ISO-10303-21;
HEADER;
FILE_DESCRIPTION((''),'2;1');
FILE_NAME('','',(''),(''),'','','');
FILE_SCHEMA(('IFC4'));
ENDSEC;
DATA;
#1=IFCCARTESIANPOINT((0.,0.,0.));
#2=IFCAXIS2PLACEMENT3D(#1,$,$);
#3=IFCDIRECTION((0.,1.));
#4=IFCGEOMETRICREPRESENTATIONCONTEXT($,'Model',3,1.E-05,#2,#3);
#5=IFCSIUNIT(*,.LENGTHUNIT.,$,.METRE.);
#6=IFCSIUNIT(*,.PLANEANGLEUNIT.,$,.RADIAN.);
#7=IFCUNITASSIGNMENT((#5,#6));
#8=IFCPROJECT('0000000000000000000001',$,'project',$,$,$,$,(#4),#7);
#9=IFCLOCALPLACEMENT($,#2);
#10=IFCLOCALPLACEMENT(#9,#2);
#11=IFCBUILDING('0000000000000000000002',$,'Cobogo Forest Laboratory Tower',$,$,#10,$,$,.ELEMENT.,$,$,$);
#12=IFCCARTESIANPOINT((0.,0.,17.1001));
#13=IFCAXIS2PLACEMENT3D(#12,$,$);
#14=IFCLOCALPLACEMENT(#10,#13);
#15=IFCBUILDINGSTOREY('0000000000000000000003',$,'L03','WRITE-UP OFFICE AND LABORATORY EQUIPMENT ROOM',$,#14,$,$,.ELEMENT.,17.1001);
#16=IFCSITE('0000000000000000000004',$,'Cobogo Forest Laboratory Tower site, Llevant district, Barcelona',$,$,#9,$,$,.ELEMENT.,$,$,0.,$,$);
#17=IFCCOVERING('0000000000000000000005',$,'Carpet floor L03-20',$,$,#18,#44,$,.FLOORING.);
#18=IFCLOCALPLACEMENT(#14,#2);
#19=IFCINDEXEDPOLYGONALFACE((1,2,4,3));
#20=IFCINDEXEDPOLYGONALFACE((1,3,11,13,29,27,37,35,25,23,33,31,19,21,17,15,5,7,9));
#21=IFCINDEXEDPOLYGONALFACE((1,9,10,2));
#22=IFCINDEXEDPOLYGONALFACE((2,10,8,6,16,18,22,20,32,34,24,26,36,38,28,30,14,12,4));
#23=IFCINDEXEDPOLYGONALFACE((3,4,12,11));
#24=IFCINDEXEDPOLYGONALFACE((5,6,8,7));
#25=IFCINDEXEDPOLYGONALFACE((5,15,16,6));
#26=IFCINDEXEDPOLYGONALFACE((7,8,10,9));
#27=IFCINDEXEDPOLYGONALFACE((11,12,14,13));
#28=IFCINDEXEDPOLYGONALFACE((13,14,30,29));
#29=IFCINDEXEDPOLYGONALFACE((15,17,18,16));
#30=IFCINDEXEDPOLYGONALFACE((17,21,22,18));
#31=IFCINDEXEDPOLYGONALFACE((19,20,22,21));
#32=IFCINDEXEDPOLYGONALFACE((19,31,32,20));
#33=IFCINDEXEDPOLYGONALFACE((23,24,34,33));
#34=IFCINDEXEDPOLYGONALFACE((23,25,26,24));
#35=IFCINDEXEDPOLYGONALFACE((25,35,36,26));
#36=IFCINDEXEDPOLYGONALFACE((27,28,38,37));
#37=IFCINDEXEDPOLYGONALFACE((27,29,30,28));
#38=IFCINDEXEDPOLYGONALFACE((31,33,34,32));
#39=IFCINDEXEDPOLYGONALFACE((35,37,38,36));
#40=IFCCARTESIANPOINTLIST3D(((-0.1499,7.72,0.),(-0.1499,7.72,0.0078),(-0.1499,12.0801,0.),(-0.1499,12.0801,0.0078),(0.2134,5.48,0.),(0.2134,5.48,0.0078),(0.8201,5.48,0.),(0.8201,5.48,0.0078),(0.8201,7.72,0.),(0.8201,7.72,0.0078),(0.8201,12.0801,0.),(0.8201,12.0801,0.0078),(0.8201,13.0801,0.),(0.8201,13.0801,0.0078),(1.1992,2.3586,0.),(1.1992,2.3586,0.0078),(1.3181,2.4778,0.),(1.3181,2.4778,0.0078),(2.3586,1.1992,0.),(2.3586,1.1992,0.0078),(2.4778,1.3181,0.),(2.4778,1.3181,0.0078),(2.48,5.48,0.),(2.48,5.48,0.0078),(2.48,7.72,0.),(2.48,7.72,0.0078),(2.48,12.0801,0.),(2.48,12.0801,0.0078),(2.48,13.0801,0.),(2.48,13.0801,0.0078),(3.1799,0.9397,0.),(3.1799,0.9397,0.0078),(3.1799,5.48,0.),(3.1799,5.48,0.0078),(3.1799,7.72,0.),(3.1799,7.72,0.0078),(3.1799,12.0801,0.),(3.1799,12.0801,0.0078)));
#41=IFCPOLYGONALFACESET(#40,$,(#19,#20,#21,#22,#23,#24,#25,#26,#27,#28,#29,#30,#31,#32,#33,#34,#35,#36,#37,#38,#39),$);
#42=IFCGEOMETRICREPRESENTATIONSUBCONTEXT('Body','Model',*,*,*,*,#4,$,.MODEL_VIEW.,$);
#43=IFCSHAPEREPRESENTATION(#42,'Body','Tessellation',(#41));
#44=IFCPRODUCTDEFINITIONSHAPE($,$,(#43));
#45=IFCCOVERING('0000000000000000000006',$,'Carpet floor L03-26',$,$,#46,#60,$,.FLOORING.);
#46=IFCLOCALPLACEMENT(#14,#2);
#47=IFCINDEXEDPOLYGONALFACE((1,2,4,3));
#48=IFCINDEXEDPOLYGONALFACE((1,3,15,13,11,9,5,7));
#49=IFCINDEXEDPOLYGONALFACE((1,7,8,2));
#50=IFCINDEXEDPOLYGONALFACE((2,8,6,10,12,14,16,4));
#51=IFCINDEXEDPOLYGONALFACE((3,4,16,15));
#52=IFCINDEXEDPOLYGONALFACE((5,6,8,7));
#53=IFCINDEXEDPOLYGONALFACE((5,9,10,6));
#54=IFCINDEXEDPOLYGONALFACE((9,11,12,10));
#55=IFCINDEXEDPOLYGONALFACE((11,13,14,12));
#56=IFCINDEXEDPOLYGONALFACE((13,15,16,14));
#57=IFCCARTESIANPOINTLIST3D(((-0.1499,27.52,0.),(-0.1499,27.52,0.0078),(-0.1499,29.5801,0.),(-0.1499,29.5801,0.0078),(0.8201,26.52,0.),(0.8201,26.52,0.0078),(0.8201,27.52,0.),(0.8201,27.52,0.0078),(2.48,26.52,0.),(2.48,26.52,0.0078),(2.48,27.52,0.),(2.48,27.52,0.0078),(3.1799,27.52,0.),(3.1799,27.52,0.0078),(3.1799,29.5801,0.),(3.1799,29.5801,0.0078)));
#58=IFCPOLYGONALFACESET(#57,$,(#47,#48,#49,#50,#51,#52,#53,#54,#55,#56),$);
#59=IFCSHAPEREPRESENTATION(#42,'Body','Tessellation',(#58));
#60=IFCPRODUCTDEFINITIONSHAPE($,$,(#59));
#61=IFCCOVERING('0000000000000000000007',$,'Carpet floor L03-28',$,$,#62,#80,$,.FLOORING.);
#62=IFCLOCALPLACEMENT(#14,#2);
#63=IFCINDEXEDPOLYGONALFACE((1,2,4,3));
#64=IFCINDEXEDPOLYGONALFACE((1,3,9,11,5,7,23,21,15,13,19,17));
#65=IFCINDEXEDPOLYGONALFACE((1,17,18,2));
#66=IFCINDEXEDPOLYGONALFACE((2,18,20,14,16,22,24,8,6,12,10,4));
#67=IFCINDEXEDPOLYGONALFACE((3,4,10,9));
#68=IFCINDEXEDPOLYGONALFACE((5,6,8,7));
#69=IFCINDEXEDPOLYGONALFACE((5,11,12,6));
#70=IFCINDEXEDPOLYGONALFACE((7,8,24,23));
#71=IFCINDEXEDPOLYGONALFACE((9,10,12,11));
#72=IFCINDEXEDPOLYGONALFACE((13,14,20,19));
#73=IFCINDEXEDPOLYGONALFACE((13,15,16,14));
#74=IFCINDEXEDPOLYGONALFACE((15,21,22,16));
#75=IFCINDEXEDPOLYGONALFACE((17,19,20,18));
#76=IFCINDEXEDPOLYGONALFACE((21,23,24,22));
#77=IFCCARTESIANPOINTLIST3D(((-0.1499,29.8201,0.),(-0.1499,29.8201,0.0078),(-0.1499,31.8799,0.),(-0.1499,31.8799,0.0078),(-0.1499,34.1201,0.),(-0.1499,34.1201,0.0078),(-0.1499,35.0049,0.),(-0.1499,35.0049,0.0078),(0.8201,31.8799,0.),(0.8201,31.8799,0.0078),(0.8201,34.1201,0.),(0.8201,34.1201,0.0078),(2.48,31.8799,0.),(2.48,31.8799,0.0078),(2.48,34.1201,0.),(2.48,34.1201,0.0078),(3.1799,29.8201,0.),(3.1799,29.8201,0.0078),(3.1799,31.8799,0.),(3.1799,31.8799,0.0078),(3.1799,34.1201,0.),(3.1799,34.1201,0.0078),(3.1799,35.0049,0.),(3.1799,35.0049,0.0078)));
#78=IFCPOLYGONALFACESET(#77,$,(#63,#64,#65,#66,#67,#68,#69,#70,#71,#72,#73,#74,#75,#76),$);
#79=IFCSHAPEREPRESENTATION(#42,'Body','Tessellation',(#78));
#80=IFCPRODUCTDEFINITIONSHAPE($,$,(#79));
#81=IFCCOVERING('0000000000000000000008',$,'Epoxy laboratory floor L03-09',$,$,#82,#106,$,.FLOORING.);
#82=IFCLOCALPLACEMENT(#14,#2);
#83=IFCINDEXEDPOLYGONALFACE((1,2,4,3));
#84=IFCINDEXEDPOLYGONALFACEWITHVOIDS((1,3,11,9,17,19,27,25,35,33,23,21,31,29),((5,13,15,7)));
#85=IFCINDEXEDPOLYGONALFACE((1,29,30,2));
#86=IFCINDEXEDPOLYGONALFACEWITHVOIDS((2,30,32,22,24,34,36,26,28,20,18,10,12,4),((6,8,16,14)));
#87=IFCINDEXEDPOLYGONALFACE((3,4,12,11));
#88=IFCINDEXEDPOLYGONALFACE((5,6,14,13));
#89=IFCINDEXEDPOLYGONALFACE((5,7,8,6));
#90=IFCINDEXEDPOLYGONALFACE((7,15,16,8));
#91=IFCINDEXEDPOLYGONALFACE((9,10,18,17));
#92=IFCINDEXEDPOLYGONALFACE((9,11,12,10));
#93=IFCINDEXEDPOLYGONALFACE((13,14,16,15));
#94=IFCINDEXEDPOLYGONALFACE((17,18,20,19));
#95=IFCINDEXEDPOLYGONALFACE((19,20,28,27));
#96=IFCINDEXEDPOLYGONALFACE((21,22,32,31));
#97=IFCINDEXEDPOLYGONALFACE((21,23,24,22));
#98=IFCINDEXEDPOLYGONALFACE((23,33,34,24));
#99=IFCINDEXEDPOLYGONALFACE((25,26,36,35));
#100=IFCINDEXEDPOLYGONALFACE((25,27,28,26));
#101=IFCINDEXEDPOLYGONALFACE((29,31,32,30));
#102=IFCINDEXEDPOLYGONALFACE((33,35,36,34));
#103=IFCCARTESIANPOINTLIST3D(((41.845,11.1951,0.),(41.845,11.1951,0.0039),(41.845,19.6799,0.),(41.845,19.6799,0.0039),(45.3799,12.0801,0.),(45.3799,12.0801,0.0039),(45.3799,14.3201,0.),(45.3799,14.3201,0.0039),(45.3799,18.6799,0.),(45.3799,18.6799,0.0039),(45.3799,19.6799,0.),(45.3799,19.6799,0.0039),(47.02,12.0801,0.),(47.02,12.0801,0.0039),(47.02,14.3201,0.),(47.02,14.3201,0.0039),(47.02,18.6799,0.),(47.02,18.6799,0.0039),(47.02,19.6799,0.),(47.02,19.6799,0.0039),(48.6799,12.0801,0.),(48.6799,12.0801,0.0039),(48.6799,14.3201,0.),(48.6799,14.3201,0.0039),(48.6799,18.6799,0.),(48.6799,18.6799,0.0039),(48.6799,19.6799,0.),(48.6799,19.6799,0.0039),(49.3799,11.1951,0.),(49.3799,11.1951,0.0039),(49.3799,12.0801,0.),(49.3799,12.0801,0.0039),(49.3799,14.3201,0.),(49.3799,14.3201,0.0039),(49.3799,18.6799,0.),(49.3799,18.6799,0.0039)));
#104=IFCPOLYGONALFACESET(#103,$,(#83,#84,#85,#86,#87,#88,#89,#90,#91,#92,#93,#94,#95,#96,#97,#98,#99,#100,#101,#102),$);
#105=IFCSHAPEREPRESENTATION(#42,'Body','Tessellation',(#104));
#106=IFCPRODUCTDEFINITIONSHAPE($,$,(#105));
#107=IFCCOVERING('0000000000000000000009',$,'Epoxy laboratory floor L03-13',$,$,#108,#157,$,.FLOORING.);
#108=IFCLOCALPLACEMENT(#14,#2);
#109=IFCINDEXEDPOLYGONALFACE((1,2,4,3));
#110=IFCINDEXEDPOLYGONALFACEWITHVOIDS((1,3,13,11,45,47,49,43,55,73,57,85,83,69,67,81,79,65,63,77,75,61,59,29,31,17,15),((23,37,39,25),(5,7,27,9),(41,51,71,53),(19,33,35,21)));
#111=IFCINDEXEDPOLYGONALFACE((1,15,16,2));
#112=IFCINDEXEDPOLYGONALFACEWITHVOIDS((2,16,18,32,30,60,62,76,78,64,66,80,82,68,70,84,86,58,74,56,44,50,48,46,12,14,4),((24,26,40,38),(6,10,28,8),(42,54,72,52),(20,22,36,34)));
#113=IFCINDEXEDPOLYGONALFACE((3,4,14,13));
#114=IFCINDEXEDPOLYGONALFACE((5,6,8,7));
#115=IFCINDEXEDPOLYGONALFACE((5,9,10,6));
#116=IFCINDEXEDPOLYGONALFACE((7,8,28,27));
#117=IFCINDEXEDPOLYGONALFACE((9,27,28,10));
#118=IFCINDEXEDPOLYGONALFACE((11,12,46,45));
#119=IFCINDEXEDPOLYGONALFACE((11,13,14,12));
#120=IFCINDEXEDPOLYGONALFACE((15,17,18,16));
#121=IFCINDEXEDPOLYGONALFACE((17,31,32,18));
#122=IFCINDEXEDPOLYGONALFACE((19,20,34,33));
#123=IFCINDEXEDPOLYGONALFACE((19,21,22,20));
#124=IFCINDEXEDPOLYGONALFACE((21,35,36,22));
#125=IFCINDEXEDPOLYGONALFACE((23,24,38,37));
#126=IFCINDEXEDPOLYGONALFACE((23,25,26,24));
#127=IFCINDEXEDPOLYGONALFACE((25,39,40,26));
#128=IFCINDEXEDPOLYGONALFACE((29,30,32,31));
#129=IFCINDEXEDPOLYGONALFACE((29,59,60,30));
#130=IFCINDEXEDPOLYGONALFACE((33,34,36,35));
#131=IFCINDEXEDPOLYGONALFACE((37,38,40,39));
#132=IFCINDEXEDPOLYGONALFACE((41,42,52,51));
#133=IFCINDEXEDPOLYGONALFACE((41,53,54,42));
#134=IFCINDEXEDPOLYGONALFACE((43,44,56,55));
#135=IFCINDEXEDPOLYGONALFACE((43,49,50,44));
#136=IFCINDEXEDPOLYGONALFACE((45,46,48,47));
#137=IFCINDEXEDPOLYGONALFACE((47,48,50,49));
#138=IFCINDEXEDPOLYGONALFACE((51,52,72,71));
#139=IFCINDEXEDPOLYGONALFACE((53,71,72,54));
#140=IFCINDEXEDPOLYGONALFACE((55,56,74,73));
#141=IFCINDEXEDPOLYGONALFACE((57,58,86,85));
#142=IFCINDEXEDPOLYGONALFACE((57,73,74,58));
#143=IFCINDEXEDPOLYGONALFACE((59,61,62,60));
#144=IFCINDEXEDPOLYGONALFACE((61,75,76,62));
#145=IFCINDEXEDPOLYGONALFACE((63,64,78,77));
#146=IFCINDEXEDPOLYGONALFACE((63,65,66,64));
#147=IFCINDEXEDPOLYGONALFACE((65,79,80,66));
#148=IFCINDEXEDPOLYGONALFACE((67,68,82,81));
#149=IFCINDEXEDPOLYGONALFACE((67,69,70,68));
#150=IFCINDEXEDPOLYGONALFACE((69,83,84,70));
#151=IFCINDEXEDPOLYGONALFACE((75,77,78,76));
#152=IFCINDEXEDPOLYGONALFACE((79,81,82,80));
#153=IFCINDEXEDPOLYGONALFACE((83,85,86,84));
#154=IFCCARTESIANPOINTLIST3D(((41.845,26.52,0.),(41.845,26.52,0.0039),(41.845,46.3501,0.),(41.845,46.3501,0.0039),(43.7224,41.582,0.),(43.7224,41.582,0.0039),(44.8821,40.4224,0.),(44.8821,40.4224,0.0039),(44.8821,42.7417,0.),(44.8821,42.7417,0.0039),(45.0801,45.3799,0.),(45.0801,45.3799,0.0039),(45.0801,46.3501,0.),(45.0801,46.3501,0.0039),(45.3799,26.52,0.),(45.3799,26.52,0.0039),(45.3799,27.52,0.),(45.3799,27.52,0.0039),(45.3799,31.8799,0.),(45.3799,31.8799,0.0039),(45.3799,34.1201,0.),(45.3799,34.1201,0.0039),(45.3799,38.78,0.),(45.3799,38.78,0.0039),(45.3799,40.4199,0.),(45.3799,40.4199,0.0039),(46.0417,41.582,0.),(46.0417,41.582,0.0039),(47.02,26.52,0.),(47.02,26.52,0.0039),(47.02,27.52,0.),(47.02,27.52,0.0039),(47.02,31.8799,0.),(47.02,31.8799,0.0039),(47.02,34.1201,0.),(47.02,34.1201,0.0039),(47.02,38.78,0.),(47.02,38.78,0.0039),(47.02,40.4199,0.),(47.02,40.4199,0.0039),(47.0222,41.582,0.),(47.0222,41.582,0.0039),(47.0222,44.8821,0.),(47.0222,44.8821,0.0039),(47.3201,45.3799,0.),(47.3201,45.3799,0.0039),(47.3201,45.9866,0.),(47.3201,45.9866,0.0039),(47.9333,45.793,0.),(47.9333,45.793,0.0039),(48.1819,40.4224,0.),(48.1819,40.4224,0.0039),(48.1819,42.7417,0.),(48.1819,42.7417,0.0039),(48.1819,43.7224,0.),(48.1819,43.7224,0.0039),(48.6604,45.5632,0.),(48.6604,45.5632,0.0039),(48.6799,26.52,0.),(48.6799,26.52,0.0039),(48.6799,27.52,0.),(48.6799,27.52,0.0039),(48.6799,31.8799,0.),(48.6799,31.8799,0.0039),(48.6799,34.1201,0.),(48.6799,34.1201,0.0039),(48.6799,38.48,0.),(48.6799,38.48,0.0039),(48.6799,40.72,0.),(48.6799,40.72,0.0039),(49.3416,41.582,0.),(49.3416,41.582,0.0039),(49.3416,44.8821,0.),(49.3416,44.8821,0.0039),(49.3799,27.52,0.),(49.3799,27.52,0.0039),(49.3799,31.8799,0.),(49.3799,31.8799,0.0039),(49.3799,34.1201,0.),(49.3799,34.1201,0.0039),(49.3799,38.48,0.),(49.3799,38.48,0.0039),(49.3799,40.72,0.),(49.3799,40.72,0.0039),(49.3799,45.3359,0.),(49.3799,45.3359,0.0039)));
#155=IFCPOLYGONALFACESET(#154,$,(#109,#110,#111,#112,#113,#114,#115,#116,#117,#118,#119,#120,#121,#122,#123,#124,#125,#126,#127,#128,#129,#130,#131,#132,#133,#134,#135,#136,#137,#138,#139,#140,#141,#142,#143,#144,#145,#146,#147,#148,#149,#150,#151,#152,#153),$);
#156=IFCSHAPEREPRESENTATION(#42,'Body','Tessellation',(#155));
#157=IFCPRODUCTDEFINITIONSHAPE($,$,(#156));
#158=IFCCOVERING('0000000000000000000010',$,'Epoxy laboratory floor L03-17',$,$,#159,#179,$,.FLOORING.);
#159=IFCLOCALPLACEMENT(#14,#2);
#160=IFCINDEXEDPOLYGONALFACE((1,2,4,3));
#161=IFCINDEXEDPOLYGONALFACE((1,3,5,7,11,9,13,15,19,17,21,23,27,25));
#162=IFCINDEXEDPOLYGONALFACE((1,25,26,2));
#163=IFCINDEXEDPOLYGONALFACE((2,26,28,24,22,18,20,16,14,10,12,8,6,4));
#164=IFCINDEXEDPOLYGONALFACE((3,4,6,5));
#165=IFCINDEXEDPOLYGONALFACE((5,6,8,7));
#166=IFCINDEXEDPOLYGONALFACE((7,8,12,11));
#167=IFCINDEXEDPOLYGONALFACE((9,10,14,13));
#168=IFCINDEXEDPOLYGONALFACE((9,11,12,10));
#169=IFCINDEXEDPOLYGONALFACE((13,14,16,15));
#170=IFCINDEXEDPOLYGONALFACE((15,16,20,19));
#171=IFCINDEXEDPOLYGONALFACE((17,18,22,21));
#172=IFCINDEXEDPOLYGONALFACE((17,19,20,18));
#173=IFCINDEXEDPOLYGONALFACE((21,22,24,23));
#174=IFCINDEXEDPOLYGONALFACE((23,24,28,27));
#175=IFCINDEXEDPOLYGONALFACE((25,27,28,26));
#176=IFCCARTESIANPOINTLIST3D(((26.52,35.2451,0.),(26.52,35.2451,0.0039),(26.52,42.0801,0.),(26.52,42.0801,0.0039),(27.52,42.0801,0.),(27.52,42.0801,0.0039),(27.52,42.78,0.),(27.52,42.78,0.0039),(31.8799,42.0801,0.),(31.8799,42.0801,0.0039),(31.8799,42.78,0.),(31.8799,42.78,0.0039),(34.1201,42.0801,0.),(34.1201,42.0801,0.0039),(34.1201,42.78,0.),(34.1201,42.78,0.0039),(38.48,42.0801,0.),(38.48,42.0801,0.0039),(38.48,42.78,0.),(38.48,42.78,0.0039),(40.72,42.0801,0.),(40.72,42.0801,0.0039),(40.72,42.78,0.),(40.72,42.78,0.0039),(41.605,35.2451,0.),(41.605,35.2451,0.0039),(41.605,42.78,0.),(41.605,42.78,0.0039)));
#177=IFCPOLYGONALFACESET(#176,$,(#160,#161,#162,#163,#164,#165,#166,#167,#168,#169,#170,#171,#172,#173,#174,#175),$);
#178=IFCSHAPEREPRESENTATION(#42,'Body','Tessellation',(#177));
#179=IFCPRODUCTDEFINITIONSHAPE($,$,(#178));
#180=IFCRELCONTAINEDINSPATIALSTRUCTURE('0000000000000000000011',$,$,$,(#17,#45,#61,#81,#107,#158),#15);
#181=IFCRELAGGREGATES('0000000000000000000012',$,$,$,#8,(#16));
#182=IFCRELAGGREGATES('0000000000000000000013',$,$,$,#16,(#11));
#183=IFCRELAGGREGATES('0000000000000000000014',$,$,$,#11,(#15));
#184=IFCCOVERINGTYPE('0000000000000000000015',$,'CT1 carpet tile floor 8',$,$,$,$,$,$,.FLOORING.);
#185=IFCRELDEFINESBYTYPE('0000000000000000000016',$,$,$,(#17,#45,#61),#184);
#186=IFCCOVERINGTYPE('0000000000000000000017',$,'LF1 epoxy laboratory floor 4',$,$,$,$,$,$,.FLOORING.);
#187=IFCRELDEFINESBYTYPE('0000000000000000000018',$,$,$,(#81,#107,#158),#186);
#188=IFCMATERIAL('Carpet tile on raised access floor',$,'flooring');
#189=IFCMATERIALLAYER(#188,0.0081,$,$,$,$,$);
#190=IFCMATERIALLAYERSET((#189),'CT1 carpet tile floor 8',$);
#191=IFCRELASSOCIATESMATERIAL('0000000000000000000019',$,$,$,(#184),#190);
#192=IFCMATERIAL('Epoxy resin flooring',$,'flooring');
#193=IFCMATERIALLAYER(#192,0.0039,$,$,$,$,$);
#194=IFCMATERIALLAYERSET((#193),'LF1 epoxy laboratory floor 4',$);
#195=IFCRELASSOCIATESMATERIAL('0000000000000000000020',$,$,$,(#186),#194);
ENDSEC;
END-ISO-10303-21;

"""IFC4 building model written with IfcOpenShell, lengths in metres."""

from ifc_helpers import new_model, si_unit, direction, frame, origin, place, context, subcontext, project, spatial, polyline, outline, extrude, material, layer, layer_set, type_object, element, save


model = new_model("IFC4")

# Units and contexts
model_context = context("Model", 3, precision=1e-05, world=origin(), true_north=direction((0.0, 1.0)))
body_context = subcontext(model_context, "Body", "Model", "MODEL_VIEW")
ifc_project = project(units=[si_unit("LENGTHUNIT", "METRE"), si_unit("PLANEANGLEUNIT", "RADIAN")], contexts=[model_context])

# Site, building, storey
site_placement = place(None, origin())
site = spatial("IfcSite", under=ifc_project, at=site_placement, Name="Cobogo Forest Laboratory Tower site, Llevant district, Barcelona", CompositionType="ELEMENT", RefElevation=0.0)
building_placement = place(site_placement, origin())
building = spatial("IfcBuilding", under=site, at=building_placement, Name="Cobogo Forest Laboratory Tower", CompositionType="ELEMENT")
storey_placement = place(building_placement, frame((0.0, 0.0, 17.1001)))
storey = spatial("IfcBuildingStorey", under=building, at=storey_placement, Name="L03", Description="WRITE-UP OFFICE AND LABORATORY EQUIPMENT ROOM", CompositionType="ELEMENT", Elevation=17.1001)

# Coverings
ifc_material_1 = material(Name="Carpet tile on raised access floor", Category="flooring")
ifc_layer_1 = layer(ifc_material_1, 0.0081)
ifc_layer_set_1 = layer_set([ifc_layer_1], Name="CT1 carpet tile floor 8")
covering_type_1 = type_object("IfcCoveringType", Name="CT1 carpet tile floor 8", PredefinedType="FLOORING", material=ifc_layer_set_1)
covering_1_placement = place(storey_placement, origin())
element("IfcCovering", 1, at=covering_1_placement, inside=storey, type_object=covering_type_1, Name="Carpet floor L03-20", PredefinedType="FLOORING", context=body_context, shape_type="SweptSolid", body=[
    extrude(outline(polyline([(3.1799, 7.72), (2.48, 7.72), (2.48, 5.48), (3.1799, 5.48), (3.1799, 0.9397), (2.3586, 1.1992), (2.4778, 1.3181), (1.3181, 2.4778), (1.1992, 2.3586), (0.2134, 5.48), (0.8201, 5.48), (0.8201, 7.72), (-0.1499, 7.72), (-0.1499, 12.0801), (0.8201, 12.0801), (0.8201, 13.0801), (2.48, 13.0801), (2.48, 12.0801), (3.1799, 12.0801), (3.1799, 7.72)])), origin(), (0.0, 0.0, 1.0), 0.0078),
])
covering_2_placement = place(storey_placement, origin())
element("IfcCovering", 2, at=covering_2_placement, inside=storey, type_object=covering_type_1, Name="Carpet floor L03-26", PredefinedType="FLOORING", context=body_context, shape_type="SweptSolid", body=[
    extrude(outline(polyline([(3.1799, 27.52), (2.48, 27.52), (2.48, 26.52), (0.8201, 26.52), (0.8201, 27.52), (-0.1499, 27.52), (-0.1499, 29.5801), (3.1799, 29.5801), (3.1799, 27.52)])), origin(), (0.0, 0.0, 1.0), 0.0078),
])
covering_3_placement = place(storey_placement, origin())
element("IfcCovering", 3, at=covering_3_placement, inside=storey, type_object=covering_type_1, Name="Carpet floor L03-28", PredefinedType="FLOORING", context=body_context, shape_type="SweptSolid", body=[
    extrude(outline(polyline([(3.1799, 34.1201), (2.48, 34.1201), (2.48, 31.8799), (3.1799, 31.8799), (3.1799, 29.8201), (-0.1499, 29.8201), (-0.1499, 31.8799), (0.8201, 31.8799), (0.8201, 34.1201), (-0.1499, 34.1201), (-0.1499, 35.0049), (3.1799, 35.0049), (3.1799, 34.1201)])), origin(), (0.0, 0.0, 1.0), 0.0078),
])
ifc_material_2 = material(Name="Epoxy resin flooring", Category="flooring")
ifc_layer_2 = layer(ifc_material_2, 0.0039)
ifc_layer_set_2 = layer_set([ifc_layer_2], Name="LF1 epoxy laboratory floor 4")
covering_type_2 = type_object("IfcCoveringType", Name="LF1 epoxy laboratory floor 4", PredefinedType="FLOORING", material=ifc_layer_set_2)
covering_4_placement = place(storey_placement, origin())
element("IfcCovering", 4, at=covering_4_placement, inside=storey, type_object=covering_type_2, Name="Epoxy laboratory floor L03-09", PredefinedType="FLOORING", context=body_context, shape_type="SweptSolid", body=[
    extrude(outline(polyline([(41.845, 19.6799), (45.3799, 19.6799), (45.3799, 18.6799), (47.02, 18.6799), (47.02, 19.6799), (48.6799, 19.6799), (48.6799, 18.6799), (49.3799, 18.6799), (49.3799, 14.3201), (48.6799, 14.3201), (48.6799, 12.0801), (49.3799, 12.0801), (49.3799, 11.1951), (41.845, 11.1951), (41.845, 19.6799)]), holes=[polyline([(45.3799, 12.0801), (47.02, 12.0801), (47.02, 14.3201), (45.3799, 14.3201), (45.3799, 12.0801)])]), origin(), (0.0, 0.0, 1.0), 0.0039),
])
covering_5_placement = place(storey_placement, origin())
element("IfcCovering", 5, at=covering_5_placement, inside=storey, type_object=covering_type_2, Name="Epoxy laboratory floor L03-13", PredefinedType="FLOORING", context=body_context, shape_type="SweptSolid", body=[
    extrude(outline(polyline([(47.02, 26.52), (47.02, 27.52), (45.3799, 27.52), (45.3799, 26.52), (41.845, 26.52), (41.845, 46.3501), (45.0801, 46.3501), (45.0801, 45.3799), (47.3201, 45.3799), (47.3201, 45.9866), (47.9333, 45.793), (47.0222, 44.8821), (48.1819, 43.7224), (49.3416, 44.8821), (48.6604, 45.5632), (49.3799, 45.3359), (49.3799, 40.72), (48.6799, 40.72), (48.6799, 38.48), (49.3799, 38.48), (49.3799, 34.1201), (48.6799, 34.1201), (48.6799, 31.8799), (49.3799, 31.8799), (49.3799, 27.52), (48.6799, 27.52), (48.6799, 26.52), (47.02, 26.52)]), holes=[polyline([(47.0222, 41.582), (48.1819, 40.4224), (49.3416, 41.582), (48.1819, 42.7417), (47.0222, 41.582)]), polyline([(45.3799, 31.8799), (47.02, 31.8799), (47.02, 34.1201), (45.3799, 34.1201), (45.3799, 31.8799)]), polyline([(47.02, 40.4199), (45.3799, 40.4199), (45.3799, 38.78), (47.02, 38.78), (47.02, 40.4199)]), polyline([(43.7224, 41.582), (44.8821, 40.4224), (46.0417, 41.582), (44.8821, 42.7417), (43.7224, 41.582)])]), origin(), (0.0, 0.0, 1.0), 0.0039),
])
covering_6_placement = place(storey_placement, origin())
element("IfcCovering", 6, at=covering_6_placement, inside=storey, type_object=covering_type_2, Name="Epoxy laboratory floor L03-17", PredefinedType="FLOORING", context=body_context, shape_type="SweptSolid", body=[
    extrude(outline(polyline([(26.52, 42.0801), (27.52, 42.0801), (27.52, 42.78), (31.8799, 42.78), (31.8799, 42.0801), (34.1201, 42.0801), (34.1201, 42.78), (38.48, 42.78), (38.48, 42.0801), (40.72, 42.0801), (40.72, 42.78), (41.605, 42.78), (41.605, 35.2451), (26.52, 35.2451), (26.52, 42.0801)])), origin(), (0.0, 0.0, 1.0), 0.0039),
])

save(model, "model.ifc")
